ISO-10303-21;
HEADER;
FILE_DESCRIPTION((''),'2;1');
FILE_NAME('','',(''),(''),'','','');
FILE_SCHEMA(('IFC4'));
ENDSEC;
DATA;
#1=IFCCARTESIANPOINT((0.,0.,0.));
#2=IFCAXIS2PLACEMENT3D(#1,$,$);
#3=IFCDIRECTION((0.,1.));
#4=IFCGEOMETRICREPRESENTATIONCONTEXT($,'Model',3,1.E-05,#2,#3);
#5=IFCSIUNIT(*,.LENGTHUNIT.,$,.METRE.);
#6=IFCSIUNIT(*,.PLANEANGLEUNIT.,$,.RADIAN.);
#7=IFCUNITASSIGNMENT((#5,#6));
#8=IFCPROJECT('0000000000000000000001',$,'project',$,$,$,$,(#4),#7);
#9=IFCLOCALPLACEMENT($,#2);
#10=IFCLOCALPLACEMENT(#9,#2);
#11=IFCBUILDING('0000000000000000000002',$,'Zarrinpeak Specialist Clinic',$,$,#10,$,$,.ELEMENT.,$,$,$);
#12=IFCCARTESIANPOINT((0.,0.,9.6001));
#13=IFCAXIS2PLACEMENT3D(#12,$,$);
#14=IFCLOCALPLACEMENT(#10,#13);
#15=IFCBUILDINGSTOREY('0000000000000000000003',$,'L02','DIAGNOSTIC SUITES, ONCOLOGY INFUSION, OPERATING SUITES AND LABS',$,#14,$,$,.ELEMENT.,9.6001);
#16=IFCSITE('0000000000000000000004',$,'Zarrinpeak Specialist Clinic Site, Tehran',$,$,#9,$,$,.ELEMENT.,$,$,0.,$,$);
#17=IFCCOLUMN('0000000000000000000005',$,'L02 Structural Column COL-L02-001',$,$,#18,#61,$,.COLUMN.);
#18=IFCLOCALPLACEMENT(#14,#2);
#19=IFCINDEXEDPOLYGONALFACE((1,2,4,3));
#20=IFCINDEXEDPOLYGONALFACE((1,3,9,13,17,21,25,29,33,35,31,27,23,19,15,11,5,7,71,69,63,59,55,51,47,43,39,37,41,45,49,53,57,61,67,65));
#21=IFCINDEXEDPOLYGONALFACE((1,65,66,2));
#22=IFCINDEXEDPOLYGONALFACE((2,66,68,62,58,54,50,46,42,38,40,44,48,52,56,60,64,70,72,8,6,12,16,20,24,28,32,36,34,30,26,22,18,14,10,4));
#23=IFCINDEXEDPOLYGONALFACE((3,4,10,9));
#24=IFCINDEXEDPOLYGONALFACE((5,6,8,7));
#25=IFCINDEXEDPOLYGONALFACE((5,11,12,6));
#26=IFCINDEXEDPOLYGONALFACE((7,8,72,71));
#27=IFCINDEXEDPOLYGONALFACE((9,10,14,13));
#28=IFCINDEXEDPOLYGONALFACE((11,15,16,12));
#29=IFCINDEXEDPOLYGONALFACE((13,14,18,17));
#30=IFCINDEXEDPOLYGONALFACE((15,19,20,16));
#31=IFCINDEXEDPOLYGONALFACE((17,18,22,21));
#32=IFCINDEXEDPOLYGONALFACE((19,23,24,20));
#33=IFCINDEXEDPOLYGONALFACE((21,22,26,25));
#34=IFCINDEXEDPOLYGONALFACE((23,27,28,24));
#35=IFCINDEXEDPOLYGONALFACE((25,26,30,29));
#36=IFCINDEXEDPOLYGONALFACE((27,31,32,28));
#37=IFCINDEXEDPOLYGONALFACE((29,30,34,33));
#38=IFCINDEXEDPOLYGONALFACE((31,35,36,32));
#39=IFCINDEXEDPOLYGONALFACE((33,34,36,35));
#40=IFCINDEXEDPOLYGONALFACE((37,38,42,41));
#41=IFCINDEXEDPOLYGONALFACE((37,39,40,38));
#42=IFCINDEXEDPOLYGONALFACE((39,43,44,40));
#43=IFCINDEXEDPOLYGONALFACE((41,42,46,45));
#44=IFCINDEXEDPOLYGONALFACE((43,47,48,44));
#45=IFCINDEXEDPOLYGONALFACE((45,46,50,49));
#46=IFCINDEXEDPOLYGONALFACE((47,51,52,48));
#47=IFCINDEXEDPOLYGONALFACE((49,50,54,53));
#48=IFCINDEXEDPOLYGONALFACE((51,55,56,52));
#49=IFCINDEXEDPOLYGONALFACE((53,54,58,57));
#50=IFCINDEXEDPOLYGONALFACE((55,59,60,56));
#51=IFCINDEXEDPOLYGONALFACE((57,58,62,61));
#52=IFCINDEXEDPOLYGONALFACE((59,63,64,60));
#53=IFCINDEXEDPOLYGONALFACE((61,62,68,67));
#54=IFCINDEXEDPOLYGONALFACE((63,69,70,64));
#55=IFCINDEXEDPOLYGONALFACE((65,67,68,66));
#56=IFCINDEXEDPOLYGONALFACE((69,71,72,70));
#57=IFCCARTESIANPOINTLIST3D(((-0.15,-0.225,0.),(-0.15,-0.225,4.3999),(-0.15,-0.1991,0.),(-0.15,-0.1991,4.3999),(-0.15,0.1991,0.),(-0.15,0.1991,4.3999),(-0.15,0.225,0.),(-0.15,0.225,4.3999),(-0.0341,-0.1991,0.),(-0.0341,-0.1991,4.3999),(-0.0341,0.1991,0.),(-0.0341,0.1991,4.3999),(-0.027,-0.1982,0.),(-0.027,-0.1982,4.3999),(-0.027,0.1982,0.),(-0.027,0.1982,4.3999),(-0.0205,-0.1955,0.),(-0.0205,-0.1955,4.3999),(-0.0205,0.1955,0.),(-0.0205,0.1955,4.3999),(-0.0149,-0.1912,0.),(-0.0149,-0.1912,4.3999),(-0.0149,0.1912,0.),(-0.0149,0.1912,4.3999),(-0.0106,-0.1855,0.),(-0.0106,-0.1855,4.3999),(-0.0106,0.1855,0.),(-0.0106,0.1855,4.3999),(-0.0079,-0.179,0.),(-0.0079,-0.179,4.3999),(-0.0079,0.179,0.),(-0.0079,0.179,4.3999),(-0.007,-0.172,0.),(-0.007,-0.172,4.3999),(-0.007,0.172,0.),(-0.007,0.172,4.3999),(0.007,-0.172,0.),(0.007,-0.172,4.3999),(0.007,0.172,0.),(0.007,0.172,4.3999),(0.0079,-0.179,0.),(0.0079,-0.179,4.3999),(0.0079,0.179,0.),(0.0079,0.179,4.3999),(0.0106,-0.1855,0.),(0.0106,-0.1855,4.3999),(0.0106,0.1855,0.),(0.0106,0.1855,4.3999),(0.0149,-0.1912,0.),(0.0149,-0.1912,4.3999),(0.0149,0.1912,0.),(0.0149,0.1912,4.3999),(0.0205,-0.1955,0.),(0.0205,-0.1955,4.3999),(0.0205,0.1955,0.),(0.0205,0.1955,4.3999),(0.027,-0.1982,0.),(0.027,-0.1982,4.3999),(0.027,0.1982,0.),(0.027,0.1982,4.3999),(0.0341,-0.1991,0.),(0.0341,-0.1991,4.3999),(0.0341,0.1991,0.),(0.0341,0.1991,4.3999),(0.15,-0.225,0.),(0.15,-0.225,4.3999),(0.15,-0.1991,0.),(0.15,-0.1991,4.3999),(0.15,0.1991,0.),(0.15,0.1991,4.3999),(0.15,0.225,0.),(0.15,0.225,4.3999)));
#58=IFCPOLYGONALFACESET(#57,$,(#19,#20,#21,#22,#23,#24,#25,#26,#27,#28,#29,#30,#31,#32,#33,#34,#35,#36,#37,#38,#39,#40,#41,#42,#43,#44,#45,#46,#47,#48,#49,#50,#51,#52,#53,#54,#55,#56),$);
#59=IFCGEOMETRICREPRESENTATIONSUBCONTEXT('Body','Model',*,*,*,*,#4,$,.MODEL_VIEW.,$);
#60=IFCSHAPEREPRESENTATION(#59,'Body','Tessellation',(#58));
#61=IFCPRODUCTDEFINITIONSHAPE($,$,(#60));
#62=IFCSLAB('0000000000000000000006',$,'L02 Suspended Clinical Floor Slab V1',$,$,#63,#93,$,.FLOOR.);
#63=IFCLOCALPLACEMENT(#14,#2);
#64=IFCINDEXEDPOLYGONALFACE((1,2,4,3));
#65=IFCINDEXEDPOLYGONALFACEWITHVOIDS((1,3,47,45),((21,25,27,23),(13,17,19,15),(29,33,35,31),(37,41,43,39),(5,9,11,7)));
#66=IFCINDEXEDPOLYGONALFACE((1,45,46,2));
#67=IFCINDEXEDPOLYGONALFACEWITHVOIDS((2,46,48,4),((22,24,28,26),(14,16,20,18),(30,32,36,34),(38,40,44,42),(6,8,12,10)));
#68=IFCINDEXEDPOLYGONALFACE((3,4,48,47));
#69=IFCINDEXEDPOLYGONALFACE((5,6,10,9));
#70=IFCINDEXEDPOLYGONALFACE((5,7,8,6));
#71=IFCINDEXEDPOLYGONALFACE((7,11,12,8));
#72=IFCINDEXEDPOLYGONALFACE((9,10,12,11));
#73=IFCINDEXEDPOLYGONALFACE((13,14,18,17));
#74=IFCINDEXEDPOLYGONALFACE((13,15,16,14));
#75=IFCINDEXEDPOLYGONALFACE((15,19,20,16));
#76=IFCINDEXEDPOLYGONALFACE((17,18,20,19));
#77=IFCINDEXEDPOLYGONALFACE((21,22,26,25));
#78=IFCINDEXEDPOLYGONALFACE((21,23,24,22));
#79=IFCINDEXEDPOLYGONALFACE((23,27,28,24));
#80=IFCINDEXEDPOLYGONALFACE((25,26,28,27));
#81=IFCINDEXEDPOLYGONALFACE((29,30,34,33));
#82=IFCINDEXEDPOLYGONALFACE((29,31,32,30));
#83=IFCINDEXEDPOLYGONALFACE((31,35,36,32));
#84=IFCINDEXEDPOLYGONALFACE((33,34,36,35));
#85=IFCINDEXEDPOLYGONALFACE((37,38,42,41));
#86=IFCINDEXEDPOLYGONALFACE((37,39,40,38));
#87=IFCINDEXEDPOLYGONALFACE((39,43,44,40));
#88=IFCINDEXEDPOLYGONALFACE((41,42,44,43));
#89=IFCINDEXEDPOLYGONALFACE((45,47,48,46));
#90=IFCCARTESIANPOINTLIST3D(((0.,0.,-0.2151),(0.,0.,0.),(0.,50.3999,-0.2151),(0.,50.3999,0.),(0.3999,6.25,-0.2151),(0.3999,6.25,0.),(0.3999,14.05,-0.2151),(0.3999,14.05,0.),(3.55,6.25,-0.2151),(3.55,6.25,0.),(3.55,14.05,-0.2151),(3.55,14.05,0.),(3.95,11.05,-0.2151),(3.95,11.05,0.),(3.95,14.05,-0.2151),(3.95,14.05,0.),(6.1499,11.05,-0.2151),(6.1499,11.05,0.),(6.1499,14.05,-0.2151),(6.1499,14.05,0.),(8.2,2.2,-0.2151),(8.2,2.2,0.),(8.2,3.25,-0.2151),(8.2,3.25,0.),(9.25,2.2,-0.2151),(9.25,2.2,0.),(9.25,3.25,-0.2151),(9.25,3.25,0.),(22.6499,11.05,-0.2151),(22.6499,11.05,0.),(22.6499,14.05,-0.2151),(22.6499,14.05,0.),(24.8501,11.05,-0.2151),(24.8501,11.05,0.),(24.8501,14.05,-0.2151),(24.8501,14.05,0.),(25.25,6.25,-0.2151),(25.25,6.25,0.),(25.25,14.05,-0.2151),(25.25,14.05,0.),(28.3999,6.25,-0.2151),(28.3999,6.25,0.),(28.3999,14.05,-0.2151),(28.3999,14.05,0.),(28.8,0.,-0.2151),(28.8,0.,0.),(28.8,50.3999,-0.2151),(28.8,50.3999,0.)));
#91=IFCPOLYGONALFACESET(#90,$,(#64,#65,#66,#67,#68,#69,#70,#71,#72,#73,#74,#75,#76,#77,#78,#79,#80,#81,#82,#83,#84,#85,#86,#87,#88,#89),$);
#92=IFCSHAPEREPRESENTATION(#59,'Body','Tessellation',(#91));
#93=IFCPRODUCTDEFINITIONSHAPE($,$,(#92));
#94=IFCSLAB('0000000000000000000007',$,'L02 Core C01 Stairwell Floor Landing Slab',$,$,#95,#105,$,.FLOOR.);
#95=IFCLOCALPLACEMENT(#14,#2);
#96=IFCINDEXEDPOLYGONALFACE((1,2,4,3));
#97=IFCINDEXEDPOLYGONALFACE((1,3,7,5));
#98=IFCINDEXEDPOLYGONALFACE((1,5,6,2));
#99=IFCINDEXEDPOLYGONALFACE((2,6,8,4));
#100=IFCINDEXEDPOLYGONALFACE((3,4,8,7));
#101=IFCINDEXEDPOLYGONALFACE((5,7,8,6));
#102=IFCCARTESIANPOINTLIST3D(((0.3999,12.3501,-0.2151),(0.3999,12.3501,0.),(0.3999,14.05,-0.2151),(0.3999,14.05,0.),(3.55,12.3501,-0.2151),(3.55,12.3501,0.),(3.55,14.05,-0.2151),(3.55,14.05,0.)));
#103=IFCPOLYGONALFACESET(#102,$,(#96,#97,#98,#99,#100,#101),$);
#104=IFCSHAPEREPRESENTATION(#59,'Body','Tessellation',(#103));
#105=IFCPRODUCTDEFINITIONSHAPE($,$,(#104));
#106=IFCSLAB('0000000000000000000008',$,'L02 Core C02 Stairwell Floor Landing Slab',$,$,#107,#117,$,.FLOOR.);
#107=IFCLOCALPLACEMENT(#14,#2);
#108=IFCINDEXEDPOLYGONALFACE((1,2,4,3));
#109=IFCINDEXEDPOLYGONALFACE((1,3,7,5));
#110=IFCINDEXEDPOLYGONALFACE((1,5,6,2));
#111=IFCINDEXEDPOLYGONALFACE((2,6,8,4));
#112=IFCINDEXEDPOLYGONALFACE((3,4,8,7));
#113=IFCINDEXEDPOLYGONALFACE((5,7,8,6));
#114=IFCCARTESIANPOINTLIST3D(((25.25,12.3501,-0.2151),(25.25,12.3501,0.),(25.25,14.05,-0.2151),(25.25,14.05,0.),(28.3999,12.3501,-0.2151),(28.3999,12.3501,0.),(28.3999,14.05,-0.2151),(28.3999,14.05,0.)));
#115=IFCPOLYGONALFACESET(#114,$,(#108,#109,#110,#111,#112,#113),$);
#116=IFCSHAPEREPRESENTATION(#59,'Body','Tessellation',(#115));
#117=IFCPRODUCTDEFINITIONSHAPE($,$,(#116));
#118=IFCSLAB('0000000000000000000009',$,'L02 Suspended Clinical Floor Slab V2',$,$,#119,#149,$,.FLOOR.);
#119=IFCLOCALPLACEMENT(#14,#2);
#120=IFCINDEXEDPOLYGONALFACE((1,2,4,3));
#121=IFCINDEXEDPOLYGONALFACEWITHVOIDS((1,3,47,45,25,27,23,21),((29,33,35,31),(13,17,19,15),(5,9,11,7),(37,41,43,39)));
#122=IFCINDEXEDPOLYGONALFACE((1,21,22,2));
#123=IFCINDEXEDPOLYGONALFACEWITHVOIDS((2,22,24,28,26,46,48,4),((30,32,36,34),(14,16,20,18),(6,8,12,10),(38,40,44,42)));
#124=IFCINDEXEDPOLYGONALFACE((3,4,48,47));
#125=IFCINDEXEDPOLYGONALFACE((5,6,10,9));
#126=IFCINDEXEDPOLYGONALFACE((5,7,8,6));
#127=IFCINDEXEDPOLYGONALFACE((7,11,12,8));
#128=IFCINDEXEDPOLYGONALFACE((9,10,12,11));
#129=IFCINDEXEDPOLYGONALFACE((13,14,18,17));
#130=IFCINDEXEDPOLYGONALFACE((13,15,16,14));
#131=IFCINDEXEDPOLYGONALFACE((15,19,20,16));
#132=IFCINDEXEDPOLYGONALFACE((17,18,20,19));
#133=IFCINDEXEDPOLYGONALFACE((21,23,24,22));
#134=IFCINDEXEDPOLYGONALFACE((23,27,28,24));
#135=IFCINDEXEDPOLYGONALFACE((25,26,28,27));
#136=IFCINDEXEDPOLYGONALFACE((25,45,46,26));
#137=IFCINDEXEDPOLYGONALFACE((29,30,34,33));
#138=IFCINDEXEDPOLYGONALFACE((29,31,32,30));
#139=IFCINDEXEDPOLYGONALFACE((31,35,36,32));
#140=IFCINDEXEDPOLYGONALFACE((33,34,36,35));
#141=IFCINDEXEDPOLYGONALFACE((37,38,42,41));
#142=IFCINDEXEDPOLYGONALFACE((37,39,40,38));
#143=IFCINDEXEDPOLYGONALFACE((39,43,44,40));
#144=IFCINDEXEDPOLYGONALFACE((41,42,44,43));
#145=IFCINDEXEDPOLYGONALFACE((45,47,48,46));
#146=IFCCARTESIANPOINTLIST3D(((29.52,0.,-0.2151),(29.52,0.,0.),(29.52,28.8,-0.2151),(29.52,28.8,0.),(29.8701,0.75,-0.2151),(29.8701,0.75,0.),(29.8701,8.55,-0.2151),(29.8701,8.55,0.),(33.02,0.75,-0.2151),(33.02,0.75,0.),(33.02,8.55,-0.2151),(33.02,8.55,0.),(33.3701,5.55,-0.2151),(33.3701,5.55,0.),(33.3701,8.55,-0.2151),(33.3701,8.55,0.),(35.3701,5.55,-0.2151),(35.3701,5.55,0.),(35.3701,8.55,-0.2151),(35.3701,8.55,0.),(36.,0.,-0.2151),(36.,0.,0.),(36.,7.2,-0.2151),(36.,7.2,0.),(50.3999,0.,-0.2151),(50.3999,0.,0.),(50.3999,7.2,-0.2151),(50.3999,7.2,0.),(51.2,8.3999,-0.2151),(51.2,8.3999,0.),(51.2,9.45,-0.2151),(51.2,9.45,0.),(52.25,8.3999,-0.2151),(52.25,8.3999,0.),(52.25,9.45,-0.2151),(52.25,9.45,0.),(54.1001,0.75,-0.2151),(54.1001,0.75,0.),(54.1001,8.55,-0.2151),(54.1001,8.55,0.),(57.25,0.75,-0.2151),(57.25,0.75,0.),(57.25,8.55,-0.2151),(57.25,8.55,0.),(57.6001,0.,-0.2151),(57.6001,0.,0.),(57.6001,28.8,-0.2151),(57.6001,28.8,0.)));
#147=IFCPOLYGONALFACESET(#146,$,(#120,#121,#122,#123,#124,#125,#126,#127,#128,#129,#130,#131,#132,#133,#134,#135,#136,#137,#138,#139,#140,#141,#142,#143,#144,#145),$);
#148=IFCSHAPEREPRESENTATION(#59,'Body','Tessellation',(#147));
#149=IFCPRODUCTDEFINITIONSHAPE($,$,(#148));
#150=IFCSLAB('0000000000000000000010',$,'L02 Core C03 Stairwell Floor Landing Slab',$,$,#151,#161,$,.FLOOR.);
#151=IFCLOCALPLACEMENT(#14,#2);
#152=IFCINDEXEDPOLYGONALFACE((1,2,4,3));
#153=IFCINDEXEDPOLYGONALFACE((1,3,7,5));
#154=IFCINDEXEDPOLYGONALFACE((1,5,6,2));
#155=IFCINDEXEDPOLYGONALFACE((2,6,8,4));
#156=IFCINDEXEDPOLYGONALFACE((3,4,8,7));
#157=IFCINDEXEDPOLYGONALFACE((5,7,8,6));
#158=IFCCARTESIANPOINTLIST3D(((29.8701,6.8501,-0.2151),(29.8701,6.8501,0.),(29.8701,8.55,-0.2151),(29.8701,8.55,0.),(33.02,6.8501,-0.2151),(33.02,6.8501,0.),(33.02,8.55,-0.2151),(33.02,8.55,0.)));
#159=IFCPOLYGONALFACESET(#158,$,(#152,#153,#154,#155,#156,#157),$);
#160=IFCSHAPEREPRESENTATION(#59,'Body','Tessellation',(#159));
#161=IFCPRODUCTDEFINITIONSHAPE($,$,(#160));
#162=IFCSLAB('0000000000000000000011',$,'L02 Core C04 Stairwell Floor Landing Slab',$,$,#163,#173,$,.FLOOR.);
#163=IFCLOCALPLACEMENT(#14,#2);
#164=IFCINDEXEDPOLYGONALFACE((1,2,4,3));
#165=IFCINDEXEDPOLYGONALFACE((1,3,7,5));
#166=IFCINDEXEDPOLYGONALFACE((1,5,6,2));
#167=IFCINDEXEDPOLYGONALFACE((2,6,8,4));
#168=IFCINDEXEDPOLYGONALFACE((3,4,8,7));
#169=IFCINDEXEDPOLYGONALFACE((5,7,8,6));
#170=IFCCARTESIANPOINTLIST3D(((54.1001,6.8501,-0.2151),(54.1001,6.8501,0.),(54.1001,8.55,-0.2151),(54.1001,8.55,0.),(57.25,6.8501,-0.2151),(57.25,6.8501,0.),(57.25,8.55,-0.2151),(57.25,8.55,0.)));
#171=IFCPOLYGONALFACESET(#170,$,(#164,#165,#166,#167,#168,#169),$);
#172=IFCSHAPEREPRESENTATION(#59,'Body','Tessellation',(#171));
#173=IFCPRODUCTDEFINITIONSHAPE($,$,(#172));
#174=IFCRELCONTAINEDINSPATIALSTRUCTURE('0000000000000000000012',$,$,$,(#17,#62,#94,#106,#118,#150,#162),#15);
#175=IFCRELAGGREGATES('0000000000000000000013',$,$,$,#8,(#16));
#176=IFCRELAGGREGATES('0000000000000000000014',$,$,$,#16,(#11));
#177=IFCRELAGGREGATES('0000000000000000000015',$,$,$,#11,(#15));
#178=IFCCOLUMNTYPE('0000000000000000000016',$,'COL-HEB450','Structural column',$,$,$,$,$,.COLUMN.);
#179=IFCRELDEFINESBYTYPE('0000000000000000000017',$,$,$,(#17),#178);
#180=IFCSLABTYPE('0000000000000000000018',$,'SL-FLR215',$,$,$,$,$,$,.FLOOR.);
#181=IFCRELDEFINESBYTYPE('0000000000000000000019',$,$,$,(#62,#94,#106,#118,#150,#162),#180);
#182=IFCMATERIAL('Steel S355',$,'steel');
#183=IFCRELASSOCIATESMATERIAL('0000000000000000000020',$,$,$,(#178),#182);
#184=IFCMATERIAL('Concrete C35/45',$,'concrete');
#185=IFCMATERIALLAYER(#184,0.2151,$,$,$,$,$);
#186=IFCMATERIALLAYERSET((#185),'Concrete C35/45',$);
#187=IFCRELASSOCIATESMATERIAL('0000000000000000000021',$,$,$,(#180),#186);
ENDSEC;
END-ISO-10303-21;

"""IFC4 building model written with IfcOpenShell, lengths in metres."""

from ifc_helpers import new_model, si_unit, direction, frame, origin, origin_with_axes, origin_2d, place, context, subcontext, project, spatial, polyline, i_section, outline, extrude, material, layer, layer_set, material_profile, profile_set, type_object, element, save


model = new_model("IFC4")

# Units and contexts
model_context = context("Model", 3, precision=1e-05, world=origin(), true_north=direction((0.0, 1.0)))
body_context = subcontext(model_context, "Body", "Model", "MODEL_VIEW")
ifc_project = project(units=[si_unit("LENGTHUNIT", "METRE"), si_unit("PLANEANGLEUNIT", "RADIAN")], contexts=[model_context])

# Site, building, storey
site_placement = place(None, origin())
site = spatial("IfcSite", under=ifc_project, at=site_placement, Name="Zarrinpeak Specialist Clinic Site, Tehran", CompositionType="ELEMENT", RefElevation=0.0)
building_placement = place(site_placement, origin())
building = spatial("IfcBuilding", under=site, at=building_placement, Name="Zarrinpeak Specialist Clinic", CompositionType="ELEMENT")
storey_placement = place(building_placement, frame((0.0, 0.0, 9.6001)))
storey = spatial("IfcBuildingStorey", under=building, at=storey_placement, Name="L02", Description="DIAGNOSTIC SUITES, ONCOLOGY INFUSION, OPERATING SUITES AND LABS", CompositionType="ELEMENT", Elevation=9.6001)

# Column
ifc_material_1 = material(Name="Steel S355", Category="steel")
ifc_material_profile = material_profile(ifc_material_1, i_section(OverallWidth=0.3, OverallDepth=0.45, WebThickness=0.0139, FlangeThickness=0.0259, FilletRadius=0.0271, at=origin_2d()), Name="HEB 450")
ifc_profile_set = profile_set([ifc_material_profile], Name="Steel S355")
column_type = type_object("IfcColumnType", Name="COL-HEB450", Description="Structural column", PredefinedType="COLUMN", material=ifc_profile_set)
column_placement = place(storey_placement, origin_with_axes())
element("IfcColumn", 1, at=column_placement, inside=storey, type_object=column_type, Name="L02 Structural Column COL-L02-001", PredefinedType="COLUMN", context=body_context, shape_type="SweptSolid", body=[
    extrude(i_section(OverallWidth=0.3, OverallDepth=0.45, WebThickness=0.0139, FlangeThickness=0.0259, FilletRadius=0.0271, at=origin_2d()), origin(), (0.0, 0.0, 1.0), 4.3999),
])

# Slabs
ifc_material_2 = material(Name="Concrete C35/45", Category="concrete")
ifc_layer_1 = layer(ifc_material_2, 0.2151)
ifc_layer_set_1 = layer_set([ifc_layer_1], Name="Concrete C35/45")
slab_type_1 = type_object("IfcSlabType", Name="SL-FLR215", PredefinedType="FLOOR", material=ifc_layer_set_1)
slab_1_placement = place(storey_placement, frame((0.0, 0.0, -0.2151)))
element("IfcSlab", 2, at=slab_1_placement, inside=storey, type_object=slab_type_1, Name="L02 Suspended Clinical Floor Slab V1", PredefinedType="FLOOR", context=body_context, shape_type="SweptSolid", body=[
    extrude(outline(polyline([(0.0, 0.0), (28.8, 0.0), (28.8, 50.3999), (0.0, 50.3999), (0.0, 0.0)]), holes=[polyline([(0.3999, 6.25), (3.55, 6.25), (3.55, 14.05), (0.3999, 14.05), (0.3999, 6.25)]), polyline([(3.95, 11.05), (6.1499, 11.05), (6.1499, 14.05), (3.95, 14.05), (3.95, 11.05)]), polyline([(25.25, 6.25), (28.3999, 6.25), (28.3999, 14.05), (25.25, 14.05), (25.25, 6.25)]), polyline([(22.6499, 11.05), (24.8501, 11.05), (24.8501, 14.05), (22.6499, 14.05), (22.6499, 11.05)]), polyline([(8.2, 2.2), (9.25, 2.2), (9.25, 3.25), (8.2, 3.25), (8.2, 2.2)])]), origin(), (0.0, 0.0, 1.0), 0.2151),
])
slab_2_placement = place(storey_placement, frame((0.0, 0.0, -0.2151)))
element("IfcSlab", 3, at=slab_2_placement, inside=storey, type_object=slab_type_1, Name="L02 Core C01 Stairwell Floor Landing Slab", PredefinedType="FLOOR", context=body_context, shape_type="SweptSolid", body=[
    extrude(outline(polyline([(0.3999, 12.3501), (3.55, 12.3501), (3.55, 14.05), (0.3999, 14.05), (0.3999, 12.3501)])), origin(), (0.0, 0.0, 1.0), 0.2151),
])
slab_3_placement = place(storey_placement, frame((0.0, 0.0, -0.2151)))
element("IfcSlab", 4, at=slab_3_placement, inside=storey, type_object=slab_type_1, Name="L02 Core C02 Stairwell Floor Landing Slab", PredefinedType="FLOOR", context=body_context, shape_type="SweptSolid", body=[
    extrude(outline(polyline([(25.25, 12.3501), (28.3999, 12.3501), (28.3999, 14.05), (25.25, 14.05), (25.25, 12.3501)])), origin(), (0.0, 0.0, 1.0), 0.2151),
])
slab_4_placement = place(storey_placement, frame((0.0, 0.0, -0.2151)))
element("IfcSlab", 5, at=slab_4_placement, inside=storey, type_object=slab_type_1, Name="L02 Suspended Clinical Floor Slab V2", PredefinedType="FLOOR", context=body_context, shape_type="SweptSolid", body=[
    extrude(outline(polyline([(29.52, 0.0), (36.0, 0.0), (36.0, 7.2), (50.3999, 7.2), (50.3999, 0.0), (57.6001, 0.0), (57.6001, 28.8), (29.52, 28.8), (29.52, 0.0)]), holes=[polyline([(29.8701, 0.75), (33.02, 0.75), (33.02, 8.55), (29.8701, 8.55), (29.8701, 0.75)]), polyline([(33.3701, 5.55), (35.3701, 5.55), (35.3701, 8.55), (33.3701, 8.55), (33.3701, 5.55)]), polyline([(54.1001, 0.75), (57.25, 0.75), (57.25, 8.55), (54.1001, 8.55), (54.1001, 0.75)]), polyline([(51.2, 8.3999), (52.25, 8.3999), (52.25, 9.45), (51.2, 9.45), (51.2, 8.3999)])]), origin(), (0.0, 0.0, 1.0), 0.2151),
])
slab_5_placement = place(storey_placement, frame((0.0, 0.0, -0.2151)))
element("IfcSlab", 6, at=slab_5_placement, inside=storey, type_object=slab_type_1, Name="L02 Core C03 Stairwell Floor Landing Slab", PredefinedType="FLOOR", context=body_context, shape_type="SweptSolid", body=[
    extrude(outline(polyline([(29.8701, 6.8501), (33.02, 6.8501), (33.02, 8.55), (29.8701, 8.55), (29.8701, 6.8501)])), origin(), (0.0, 0.0, 1.0), 0.2151),
])
slab_6_placement = place(storey_placement, frame((0.0, 0.0, -0.2151)))
element("IfcSlab", 7, at=slab_6_placement, inside=storey, type_object=slab_type_1, Name="L02 Core C04 Stairwell Floor Landing Slab", PredefinedType="FLOOR", context=body_context, shape_type="SweptSolid", body=[
    extrude(outline(polyline([(54.1001, 6.8501), (57.25, 6.8501), (57.25, 8.55), (54.1001, 8.55), (54.1001, 6.8501)])), origin(), (0.0, 0.0, 1.0), 0.2151),
])

save(model, "model.ifc")
